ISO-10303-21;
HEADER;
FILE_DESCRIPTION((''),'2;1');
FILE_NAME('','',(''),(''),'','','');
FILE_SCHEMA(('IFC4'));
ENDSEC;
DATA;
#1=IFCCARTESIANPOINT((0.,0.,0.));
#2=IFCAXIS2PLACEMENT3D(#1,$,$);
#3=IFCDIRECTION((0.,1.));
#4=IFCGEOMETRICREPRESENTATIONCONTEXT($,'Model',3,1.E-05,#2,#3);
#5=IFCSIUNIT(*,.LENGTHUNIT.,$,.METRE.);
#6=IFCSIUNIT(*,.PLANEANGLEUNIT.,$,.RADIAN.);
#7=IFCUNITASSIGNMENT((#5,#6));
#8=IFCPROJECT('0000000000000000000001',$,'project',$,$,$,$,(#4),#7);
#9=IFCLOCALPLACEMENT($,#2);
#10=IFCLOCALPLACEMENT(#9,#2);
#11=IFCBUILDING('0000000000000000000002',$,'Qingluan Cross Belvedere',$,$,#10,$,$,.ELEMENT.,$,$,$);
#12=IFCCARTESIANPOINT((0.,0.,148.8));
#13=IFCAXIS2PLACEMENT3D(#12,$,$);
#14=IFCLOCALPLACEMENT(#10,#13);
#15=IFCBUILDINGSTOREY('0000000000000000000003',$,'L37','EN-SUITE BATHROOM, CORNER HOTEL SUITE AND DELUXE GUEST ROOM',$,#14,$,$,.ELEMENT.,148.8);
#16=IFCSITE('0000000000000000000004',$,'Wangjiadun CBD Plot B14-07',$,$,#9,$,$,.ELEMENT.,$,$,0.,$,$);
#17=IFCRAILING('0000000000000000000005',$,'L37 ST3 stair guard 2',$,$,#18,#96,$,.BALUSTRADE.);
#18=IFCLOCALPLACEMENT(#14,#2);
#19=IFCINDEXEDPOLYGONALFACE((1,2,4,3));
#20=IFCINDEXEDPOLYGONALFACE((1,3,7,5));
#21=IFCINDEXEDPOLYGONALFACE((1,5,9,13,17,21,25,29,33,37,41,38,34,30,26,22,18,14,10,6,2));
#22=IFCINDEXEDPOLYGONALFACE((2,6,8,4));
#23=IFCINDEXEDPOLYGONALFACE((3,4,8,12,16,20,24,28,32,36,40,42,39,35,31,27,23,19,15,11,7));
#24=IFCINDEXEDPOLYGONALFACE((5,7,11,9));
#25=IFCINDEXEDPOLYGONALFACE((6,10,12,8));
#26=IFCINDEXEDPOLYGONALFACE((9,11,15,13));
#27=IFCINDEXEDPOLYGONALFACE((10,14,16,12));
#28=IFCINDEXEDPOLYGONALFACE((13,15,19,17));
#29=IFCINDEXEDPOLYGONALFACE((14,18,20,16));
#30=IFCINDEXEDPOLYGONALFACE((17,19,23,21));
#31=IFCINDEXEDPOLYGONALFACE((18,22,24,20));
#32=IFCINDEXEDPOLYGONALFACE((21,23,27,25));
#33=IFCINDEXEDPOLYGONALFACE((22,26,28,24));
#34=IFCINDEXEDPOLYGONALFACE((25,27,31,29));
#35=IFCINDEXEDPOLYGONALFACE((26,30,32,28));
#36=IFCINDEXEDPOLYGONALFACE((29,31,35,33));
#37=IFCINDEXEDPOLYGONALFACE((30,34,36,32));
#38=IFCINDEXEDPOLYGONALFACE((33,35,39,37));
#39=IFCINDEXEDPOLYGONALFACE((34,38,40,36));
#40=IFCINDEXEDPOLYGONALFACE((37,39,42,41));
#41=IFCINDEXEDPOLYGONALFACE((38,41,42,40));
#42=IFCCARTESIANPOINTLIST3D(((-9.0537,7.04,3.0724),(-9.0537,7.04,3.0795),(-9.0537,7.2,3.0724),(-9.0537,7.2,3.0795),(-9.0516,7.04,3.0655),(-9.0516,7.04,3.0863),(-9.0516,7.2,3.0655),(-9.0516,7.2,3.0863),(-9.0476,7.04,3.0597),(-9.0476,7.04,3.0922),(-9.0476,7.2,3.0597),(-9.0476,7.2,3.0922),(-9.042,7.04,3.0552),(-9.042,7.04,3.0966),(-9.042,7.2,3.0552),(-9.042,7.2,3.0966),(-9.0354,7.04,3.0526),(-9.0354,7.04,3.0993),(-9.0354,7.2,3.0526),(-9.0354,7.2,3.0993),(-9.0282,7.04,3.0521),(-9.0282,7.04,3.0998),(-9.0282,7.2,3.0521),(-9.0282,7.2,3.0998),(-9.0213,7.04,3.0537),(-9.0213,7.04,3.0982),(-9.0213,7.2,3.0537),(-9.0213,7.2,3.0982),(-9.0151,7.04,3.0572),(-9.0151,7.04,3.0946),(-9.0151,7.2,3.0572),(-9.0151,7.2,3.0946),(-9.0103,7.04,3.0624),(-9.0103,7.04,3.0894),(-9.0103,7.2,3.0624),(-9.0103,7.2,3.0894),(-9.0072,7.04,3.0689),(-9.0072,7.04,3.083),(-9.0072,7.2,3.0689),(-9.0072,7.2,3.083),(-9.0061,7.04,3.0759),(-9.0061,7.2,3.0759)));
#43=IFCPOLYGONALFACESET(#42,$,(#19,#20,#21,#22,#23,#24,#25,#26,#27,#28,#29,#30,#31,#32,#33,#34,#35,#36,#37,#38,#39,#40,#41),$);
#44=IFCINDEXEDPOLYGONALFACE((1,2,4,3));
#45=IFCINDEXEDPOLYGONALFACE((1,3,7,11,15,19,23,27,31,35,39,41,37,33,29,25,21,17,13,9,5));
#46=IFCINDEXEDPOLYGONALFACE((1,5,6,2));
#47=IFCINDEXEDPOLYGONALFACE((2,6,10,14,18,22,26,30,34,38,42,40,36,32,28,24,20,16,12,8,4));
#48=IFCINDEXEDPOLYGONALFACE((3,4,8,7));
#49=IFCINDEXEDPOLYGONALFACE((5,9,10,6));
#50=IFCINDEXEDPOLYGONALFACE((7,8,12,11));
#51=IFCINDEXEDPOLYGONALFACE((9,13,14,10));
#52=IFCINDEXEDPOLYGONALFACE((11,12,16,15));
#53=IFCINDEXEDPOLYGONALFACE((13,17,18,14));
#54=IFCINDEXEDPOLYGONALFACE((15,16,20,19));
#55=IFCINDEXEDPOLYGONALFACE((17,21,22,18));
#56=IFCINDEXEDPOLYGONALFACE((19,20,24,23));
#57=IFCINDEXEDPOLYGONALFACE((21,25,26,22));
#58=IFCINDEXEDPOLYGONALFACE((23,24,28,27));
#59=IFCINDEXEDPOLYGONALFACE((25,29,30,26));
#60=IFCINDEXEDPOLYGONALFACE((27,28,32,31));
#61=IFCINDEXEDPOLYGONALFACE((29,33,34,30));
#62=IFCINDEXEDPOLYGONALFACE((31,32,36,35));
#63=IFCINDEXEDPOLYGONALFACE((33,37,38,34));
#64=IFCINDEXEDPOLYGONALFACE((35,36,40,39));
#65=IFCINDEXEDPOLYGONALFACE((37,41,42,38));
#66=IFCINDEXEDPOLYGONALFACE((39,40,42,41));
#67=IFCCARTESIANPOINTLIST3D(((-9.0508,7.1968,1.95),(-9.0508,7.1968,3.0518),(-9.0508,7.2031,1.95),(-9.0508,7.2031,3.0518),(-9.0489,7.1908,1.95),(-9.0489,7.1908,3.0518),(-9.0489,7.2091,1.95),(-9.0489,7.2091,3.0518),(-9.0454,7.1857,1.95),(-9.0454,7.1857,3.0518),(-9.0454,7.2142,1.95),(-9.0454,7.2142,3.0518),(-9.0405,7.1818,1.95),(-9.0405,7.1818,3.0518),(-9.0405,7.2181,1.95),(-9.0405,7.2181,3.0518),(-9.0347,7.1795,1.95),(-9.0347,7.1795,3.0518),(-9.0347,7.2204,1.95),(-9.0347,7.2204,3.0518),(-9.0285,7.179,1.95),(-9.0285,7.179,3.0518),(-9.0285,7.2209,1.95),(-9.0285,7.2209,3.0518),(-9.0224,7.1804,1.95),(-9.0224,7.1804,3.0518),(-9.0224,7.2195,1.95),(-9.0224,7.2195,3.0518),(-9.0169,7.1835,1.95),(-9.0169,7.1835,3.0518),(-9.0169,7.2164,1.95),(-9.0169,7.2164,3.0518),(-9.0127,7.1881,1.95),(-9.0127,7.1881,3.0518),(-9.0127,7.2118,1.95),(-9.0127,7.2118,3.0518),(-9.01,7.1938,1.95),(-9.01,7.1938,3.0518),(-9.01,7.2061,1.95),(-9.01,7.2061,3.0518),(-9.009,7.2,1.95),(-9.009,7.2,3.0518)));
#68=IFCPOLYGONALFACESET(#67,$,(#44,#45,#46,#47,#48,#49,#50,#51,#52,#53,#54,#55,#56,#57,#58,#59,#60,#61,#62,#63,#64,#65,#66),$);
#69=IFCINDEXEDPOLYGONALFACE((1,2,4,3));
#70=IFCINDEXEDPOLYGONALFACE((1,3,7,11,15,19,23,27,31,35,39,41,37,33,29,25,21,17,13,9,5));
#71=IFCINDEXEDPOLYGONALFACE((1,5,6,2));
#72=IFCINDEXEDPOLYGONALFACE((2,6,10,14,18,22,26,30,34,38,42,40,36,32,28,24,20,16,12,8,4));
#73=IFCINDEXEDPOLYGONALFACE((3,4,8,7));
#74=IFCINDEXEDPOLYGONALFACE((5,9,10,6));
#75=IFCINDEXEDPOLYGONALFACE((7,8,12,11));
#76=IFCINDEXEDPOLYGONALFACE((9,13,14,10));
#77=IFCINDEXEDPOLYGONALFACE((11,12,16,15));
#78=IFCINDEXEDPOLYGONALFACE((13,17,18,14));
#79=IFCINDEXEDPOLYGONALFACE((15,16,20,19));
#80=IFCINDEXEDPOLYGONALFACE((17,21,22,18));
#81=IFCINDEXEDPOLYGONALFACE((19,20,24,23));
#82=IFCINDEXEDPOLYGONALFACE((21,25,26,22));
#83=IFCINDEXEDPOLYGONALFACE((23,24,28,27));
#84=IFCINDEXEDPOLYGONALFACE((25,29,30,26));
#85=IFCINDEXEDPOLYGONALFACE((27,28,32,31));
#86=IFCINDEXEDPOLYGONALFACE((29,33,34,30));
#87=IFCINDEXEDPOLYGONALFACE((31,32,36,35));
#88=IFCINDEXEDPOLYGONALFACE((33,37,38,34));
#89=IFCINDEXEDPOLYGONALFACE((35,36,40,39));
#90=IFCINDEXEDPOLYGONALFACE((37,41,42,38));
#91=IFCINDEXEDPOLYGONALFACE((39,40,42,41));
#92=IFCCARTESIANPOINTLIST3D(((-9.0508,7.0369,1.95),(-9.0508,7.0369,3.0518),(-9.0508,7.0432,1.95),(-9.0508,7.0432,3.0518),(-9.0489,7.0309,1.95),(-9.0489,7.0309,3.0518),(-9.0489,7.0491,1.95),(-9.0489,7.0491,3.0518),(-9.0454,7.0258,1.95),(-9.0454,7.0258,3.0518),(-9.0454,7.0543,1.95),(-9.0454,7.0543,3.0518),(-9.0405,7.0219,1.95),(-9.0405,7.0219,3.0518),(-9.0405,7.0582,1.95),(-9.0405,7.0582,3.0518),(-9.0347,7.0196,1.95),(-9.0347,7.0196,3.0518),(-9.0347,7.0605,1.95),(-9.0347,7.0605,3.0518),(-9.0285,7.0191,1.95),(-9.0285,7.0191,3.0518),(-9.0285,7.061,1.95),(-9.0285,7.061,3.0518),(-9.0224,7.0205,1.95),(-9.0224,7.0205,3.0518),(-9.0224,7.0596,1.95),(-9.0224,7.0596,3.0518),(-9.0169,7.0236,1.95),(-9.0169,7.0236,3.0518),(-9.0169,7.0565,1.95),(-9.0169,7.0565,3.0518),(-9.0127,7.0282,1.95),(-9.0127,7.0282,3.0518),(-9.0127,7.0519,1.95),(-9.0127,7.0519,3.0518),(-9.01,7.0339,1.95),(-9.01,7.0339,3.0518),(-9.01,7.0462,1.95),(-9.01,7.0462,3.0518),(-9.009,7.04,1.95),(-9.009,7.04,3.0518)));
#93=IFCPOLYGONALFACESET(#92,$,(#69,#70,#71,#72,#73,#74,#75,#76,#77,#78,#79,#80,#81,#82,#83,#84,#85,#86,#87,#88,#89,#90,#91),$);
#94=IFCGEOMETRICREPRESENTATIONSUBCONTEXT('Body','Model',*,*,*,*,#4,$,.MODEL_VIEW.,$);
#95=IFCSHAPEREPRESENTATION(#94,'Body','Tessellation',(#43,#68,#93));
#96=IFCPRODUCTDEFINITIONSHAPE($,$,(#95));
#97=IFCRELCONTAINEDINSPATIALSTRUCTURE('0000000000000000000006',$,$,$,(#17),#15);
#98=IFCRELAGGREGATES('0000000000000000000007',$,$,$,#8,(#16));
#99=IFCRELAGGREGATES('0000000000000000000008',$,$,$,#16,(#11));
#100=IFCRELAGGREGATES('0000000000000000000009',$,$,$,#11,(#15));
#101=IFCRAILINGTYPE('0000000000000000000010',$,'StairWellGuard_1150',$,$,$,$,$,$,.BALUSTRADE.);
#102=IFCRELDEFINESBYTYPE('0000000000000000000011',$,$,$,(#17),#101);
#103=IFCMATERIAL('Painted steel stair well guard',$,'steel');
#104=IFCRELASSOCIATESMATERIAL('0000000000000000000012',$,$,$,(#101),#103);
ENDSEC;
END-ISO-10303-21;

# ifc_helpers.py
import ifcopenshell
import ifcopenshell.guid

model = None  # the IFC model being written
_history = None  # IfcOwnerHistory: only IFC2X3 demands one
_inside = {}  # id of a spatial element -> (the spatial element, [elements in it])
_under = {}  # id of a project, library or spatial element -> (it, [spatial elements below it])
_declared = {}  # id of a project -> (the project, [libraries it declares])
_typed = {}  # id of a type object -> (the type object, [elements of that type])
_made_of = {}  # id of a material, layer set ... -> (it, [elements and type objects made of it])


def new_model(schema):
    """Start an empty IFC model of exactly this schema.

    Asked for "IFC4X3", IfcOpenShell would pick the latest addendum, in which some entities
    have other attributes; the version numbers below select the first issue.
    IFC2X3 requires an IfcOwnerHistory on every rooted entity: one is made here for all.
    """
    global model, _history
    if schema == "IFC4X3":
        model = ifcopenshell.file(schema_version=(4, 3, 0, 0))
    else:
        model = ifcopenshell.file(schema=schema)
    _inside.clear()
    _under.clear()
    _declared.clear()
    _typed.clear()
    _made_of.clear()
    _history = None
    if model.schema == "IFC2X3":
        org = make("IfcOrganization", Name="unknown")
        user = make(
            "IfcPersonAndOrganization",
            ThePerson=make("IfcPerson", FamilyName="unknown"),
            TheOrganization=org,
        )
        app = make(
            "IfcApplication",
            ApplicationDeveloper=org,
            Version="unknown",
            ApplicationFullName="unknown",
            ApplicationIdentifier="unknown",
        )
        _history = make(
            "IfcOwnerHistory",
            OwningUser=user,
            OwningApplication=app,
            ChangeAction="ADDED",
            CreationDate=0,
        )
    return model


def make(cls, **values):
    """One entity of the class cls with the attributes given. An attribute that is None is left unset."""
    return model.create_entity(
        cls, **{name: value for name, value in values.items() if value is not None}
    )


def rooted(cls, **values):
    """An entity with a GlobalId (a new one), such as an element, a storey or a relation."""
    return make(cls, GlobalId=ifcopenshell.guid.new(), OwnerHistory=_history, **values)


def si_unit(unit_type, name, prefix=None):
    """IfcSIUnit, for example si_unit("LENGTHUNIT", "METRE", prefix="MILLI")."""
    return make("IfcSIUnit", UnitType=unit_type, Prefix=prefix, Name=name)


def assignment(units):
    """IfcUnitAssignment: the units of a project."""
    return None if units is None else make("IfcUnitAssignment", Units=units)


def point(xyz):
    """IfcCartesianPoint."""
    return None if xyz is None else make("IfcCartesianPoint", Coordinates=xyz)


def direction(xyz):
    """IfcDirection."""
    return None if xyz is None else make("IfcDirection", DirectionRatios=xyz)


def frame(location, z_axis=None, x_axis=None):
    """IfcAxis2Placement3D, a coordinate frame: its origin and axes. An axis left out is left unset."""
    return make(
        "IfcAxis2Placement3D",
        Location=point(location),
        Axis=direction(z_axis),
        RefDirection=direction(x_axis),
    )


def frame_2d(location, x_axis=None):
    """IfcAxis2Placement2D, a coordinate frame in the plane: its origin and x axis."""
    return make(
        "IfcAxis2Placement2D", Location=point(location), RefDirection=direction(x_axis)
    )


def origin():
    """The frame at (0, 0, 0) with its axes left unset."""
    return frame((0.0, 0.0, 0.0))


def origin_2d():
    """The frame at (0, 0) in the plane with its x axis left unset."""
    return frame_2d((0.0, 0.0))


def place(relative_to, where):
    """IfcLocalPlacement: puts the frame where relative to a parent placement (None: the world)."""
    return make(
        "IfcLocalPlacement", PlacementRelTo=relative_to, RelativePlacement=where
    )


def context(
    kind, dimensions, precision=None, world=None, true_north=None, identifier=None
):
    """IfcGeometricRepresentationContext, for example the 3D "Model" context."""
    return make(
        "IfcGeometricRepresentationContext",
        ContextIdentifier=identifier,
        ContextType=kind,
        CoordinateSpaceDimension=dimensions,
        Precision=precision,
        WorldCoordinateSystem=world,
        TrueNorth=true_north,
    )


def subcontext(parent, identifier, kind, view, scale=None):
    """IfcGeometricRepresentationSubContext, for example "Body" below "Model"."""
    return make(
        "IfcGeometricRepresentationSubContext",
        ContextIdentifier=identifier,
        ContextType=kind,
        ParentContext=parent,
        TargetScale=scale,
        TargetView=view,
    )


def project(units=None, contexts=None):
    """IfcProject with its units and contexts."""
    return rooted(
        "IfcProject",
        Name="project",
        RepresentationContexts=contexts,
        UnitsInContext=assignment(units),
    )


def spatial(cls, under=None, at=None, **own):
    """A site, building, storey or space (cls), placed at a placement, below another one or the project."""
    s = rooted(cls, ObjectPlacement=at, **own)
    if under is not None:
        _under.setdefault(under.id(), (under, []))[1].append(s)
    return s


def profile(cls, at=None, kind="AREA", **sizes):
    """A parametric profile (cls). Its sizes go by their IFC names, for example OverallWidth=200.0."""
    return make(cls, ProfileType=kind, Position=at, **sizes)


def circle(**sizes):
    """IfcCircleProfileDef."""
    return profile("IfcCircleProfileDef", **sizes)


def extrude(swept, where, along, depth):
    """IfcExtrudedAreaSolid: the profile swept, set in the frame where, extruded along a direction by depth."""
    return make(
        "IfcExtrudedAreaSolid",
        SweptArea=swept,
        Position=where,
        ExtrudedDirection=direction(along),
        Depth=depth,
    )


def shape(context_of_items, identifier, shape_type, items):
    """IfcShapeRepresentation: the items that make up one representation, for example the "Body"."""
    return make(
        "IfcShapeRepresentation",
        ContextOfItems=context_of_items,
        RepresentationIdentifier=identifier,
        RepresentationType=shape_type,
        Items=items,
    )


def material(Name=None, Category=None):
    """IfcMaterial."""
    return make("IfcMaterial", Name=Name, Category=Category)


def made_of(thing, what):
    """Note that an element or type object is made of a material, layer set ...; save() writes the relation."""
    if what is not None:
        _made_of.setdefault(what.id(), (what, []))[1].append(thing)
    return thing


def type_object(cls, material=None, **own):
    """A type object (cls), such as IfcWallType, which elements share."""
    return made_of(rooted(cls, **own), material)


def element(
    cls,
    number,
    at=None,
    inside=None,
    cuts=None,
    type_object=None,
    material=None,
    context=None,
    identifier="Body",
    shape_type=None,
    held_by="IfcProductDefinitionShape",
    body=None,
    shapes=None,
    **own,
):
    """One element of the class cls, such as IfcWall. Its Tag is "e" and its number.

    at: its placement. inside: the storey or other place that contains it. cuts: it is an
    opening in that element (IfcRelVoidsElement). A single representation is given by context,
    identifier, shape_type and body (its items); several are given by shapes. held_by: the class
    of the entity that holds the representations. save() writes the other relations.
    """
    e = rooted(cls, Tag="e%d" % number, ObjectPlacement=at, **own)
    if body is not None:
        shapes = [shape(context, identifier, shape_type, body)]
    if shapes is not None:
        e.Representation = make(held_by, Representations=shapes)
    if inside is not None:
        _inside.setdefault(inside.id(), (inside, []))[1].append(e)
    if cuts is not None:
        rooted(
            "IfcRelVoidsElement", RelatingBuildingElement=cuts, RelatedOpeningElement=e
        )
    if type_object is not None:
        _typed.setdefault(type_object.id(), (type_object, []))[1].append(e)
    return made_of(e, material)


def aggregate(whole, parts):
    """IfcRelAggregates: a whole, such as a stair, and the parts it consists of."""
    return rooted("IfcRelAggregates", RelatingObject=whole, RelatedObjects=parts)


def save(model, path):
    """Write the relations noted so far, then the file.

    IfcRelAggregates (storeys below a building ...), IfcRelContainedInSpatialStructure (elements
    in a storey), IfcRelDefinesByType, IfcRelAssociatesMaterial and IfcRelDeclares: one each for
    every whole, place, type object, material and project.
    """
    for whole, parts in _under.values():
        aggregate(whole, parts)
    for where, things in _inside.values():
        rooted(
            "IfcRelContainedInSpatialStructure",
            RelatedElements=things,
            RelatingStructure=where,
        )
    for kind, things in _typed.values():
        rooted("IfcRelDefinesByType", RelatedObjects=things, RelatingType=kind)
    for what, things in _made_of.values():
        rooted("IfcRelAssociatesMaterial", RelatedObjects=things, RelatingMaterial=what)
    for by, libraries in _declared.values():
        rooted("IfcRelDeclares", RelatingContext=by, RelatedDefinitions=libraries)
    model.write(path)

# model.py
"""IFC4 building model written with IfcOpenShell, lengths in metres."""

from ifc_helpers import new_model, si_unit, direction, frame, origin, origin_2d, place, context, subcontext, project, spatial, circle, extrude, material, type_object, element, save


model = new_model("IFC4")

# Units and contexts
model_context = context("Model", 3, precision=1e-05, world=origin(), true_north=direction((0.0, 1.0)))
body_context = subcontext(model_context, "Body", "Model", "MODEL_VIEW")
ifc_project = project(units=[si_unit("LENGTHUNIT", "METRE"), si_unit("PLANEANGLEUNIT", "RADIAN")], contexts=[model_context])

# Site, building, storey
site_placement = place(None, origin())
site = spatial("IfcSite", under=ifc_project, at=site_placement, Name="Wangjiadun CBD Plot B14-07", CompositionType="ELEMENT", RefElevation=0.0)
building_placement = place(site_placement, origin())
building = spatial("IfcBuilding", under=site, at=building_placement, Name="Qingluan Cross Belvedere", CompositionType="ELEMENT")
storey_placement = place(building_placement, frame((0.0, 0.0, 148.8)))
storey = spatial("IfcBuildingStorey", under=building, at=storey_placement, Name="L37", Description="EN-SUITE BATHROOM, CORNER HOTEL SUITE AND DELUXE GUEST ROOM", CompositionType="ELEMENT", Elevation=148.8)

# Railing
ifc_material_1 = material(Name="Painted steel stair well guard", Category="steel")
railing_type_1 = type_object("IfcRailingType", Name="StairWellGuard_1150", PredefinedType="BALUSTRADE", material=ifc_material_1)
railing_1_placement = place(storey_placement, frame((-9.03, 7.2, 1.95)))
element("IfcRailing", 1, at=railing_1_placement, inside=storey, type_object=railing_type_1, Name="L37 ST3 stair guard 2", PredefinedType="BALUSTRADE", context=body_context, shape_type="SweptSolid", body=[
    extrude(circle(Radius=0.0239, at=origin_2d()), frame((0.0, 0.0, 1.126), z_axis=(0.0, -1.0, 0.0), x_axis=(1.0, 0.0, 0.0)), (0.0, 0.0, 1.0), 0.1599),
    extrude(circle(Radius=0.021, at=origin_2d()), origin(), (0.0, 0.0, 1.0), 1.1018),
    extrude(circle(Radius=0.021, at=origin_2d()), frame((0.0, -0.1599, 0.0)), (0.0, 0.0, 1.0), 1.1018),
])

save(model, "model.ifc")
